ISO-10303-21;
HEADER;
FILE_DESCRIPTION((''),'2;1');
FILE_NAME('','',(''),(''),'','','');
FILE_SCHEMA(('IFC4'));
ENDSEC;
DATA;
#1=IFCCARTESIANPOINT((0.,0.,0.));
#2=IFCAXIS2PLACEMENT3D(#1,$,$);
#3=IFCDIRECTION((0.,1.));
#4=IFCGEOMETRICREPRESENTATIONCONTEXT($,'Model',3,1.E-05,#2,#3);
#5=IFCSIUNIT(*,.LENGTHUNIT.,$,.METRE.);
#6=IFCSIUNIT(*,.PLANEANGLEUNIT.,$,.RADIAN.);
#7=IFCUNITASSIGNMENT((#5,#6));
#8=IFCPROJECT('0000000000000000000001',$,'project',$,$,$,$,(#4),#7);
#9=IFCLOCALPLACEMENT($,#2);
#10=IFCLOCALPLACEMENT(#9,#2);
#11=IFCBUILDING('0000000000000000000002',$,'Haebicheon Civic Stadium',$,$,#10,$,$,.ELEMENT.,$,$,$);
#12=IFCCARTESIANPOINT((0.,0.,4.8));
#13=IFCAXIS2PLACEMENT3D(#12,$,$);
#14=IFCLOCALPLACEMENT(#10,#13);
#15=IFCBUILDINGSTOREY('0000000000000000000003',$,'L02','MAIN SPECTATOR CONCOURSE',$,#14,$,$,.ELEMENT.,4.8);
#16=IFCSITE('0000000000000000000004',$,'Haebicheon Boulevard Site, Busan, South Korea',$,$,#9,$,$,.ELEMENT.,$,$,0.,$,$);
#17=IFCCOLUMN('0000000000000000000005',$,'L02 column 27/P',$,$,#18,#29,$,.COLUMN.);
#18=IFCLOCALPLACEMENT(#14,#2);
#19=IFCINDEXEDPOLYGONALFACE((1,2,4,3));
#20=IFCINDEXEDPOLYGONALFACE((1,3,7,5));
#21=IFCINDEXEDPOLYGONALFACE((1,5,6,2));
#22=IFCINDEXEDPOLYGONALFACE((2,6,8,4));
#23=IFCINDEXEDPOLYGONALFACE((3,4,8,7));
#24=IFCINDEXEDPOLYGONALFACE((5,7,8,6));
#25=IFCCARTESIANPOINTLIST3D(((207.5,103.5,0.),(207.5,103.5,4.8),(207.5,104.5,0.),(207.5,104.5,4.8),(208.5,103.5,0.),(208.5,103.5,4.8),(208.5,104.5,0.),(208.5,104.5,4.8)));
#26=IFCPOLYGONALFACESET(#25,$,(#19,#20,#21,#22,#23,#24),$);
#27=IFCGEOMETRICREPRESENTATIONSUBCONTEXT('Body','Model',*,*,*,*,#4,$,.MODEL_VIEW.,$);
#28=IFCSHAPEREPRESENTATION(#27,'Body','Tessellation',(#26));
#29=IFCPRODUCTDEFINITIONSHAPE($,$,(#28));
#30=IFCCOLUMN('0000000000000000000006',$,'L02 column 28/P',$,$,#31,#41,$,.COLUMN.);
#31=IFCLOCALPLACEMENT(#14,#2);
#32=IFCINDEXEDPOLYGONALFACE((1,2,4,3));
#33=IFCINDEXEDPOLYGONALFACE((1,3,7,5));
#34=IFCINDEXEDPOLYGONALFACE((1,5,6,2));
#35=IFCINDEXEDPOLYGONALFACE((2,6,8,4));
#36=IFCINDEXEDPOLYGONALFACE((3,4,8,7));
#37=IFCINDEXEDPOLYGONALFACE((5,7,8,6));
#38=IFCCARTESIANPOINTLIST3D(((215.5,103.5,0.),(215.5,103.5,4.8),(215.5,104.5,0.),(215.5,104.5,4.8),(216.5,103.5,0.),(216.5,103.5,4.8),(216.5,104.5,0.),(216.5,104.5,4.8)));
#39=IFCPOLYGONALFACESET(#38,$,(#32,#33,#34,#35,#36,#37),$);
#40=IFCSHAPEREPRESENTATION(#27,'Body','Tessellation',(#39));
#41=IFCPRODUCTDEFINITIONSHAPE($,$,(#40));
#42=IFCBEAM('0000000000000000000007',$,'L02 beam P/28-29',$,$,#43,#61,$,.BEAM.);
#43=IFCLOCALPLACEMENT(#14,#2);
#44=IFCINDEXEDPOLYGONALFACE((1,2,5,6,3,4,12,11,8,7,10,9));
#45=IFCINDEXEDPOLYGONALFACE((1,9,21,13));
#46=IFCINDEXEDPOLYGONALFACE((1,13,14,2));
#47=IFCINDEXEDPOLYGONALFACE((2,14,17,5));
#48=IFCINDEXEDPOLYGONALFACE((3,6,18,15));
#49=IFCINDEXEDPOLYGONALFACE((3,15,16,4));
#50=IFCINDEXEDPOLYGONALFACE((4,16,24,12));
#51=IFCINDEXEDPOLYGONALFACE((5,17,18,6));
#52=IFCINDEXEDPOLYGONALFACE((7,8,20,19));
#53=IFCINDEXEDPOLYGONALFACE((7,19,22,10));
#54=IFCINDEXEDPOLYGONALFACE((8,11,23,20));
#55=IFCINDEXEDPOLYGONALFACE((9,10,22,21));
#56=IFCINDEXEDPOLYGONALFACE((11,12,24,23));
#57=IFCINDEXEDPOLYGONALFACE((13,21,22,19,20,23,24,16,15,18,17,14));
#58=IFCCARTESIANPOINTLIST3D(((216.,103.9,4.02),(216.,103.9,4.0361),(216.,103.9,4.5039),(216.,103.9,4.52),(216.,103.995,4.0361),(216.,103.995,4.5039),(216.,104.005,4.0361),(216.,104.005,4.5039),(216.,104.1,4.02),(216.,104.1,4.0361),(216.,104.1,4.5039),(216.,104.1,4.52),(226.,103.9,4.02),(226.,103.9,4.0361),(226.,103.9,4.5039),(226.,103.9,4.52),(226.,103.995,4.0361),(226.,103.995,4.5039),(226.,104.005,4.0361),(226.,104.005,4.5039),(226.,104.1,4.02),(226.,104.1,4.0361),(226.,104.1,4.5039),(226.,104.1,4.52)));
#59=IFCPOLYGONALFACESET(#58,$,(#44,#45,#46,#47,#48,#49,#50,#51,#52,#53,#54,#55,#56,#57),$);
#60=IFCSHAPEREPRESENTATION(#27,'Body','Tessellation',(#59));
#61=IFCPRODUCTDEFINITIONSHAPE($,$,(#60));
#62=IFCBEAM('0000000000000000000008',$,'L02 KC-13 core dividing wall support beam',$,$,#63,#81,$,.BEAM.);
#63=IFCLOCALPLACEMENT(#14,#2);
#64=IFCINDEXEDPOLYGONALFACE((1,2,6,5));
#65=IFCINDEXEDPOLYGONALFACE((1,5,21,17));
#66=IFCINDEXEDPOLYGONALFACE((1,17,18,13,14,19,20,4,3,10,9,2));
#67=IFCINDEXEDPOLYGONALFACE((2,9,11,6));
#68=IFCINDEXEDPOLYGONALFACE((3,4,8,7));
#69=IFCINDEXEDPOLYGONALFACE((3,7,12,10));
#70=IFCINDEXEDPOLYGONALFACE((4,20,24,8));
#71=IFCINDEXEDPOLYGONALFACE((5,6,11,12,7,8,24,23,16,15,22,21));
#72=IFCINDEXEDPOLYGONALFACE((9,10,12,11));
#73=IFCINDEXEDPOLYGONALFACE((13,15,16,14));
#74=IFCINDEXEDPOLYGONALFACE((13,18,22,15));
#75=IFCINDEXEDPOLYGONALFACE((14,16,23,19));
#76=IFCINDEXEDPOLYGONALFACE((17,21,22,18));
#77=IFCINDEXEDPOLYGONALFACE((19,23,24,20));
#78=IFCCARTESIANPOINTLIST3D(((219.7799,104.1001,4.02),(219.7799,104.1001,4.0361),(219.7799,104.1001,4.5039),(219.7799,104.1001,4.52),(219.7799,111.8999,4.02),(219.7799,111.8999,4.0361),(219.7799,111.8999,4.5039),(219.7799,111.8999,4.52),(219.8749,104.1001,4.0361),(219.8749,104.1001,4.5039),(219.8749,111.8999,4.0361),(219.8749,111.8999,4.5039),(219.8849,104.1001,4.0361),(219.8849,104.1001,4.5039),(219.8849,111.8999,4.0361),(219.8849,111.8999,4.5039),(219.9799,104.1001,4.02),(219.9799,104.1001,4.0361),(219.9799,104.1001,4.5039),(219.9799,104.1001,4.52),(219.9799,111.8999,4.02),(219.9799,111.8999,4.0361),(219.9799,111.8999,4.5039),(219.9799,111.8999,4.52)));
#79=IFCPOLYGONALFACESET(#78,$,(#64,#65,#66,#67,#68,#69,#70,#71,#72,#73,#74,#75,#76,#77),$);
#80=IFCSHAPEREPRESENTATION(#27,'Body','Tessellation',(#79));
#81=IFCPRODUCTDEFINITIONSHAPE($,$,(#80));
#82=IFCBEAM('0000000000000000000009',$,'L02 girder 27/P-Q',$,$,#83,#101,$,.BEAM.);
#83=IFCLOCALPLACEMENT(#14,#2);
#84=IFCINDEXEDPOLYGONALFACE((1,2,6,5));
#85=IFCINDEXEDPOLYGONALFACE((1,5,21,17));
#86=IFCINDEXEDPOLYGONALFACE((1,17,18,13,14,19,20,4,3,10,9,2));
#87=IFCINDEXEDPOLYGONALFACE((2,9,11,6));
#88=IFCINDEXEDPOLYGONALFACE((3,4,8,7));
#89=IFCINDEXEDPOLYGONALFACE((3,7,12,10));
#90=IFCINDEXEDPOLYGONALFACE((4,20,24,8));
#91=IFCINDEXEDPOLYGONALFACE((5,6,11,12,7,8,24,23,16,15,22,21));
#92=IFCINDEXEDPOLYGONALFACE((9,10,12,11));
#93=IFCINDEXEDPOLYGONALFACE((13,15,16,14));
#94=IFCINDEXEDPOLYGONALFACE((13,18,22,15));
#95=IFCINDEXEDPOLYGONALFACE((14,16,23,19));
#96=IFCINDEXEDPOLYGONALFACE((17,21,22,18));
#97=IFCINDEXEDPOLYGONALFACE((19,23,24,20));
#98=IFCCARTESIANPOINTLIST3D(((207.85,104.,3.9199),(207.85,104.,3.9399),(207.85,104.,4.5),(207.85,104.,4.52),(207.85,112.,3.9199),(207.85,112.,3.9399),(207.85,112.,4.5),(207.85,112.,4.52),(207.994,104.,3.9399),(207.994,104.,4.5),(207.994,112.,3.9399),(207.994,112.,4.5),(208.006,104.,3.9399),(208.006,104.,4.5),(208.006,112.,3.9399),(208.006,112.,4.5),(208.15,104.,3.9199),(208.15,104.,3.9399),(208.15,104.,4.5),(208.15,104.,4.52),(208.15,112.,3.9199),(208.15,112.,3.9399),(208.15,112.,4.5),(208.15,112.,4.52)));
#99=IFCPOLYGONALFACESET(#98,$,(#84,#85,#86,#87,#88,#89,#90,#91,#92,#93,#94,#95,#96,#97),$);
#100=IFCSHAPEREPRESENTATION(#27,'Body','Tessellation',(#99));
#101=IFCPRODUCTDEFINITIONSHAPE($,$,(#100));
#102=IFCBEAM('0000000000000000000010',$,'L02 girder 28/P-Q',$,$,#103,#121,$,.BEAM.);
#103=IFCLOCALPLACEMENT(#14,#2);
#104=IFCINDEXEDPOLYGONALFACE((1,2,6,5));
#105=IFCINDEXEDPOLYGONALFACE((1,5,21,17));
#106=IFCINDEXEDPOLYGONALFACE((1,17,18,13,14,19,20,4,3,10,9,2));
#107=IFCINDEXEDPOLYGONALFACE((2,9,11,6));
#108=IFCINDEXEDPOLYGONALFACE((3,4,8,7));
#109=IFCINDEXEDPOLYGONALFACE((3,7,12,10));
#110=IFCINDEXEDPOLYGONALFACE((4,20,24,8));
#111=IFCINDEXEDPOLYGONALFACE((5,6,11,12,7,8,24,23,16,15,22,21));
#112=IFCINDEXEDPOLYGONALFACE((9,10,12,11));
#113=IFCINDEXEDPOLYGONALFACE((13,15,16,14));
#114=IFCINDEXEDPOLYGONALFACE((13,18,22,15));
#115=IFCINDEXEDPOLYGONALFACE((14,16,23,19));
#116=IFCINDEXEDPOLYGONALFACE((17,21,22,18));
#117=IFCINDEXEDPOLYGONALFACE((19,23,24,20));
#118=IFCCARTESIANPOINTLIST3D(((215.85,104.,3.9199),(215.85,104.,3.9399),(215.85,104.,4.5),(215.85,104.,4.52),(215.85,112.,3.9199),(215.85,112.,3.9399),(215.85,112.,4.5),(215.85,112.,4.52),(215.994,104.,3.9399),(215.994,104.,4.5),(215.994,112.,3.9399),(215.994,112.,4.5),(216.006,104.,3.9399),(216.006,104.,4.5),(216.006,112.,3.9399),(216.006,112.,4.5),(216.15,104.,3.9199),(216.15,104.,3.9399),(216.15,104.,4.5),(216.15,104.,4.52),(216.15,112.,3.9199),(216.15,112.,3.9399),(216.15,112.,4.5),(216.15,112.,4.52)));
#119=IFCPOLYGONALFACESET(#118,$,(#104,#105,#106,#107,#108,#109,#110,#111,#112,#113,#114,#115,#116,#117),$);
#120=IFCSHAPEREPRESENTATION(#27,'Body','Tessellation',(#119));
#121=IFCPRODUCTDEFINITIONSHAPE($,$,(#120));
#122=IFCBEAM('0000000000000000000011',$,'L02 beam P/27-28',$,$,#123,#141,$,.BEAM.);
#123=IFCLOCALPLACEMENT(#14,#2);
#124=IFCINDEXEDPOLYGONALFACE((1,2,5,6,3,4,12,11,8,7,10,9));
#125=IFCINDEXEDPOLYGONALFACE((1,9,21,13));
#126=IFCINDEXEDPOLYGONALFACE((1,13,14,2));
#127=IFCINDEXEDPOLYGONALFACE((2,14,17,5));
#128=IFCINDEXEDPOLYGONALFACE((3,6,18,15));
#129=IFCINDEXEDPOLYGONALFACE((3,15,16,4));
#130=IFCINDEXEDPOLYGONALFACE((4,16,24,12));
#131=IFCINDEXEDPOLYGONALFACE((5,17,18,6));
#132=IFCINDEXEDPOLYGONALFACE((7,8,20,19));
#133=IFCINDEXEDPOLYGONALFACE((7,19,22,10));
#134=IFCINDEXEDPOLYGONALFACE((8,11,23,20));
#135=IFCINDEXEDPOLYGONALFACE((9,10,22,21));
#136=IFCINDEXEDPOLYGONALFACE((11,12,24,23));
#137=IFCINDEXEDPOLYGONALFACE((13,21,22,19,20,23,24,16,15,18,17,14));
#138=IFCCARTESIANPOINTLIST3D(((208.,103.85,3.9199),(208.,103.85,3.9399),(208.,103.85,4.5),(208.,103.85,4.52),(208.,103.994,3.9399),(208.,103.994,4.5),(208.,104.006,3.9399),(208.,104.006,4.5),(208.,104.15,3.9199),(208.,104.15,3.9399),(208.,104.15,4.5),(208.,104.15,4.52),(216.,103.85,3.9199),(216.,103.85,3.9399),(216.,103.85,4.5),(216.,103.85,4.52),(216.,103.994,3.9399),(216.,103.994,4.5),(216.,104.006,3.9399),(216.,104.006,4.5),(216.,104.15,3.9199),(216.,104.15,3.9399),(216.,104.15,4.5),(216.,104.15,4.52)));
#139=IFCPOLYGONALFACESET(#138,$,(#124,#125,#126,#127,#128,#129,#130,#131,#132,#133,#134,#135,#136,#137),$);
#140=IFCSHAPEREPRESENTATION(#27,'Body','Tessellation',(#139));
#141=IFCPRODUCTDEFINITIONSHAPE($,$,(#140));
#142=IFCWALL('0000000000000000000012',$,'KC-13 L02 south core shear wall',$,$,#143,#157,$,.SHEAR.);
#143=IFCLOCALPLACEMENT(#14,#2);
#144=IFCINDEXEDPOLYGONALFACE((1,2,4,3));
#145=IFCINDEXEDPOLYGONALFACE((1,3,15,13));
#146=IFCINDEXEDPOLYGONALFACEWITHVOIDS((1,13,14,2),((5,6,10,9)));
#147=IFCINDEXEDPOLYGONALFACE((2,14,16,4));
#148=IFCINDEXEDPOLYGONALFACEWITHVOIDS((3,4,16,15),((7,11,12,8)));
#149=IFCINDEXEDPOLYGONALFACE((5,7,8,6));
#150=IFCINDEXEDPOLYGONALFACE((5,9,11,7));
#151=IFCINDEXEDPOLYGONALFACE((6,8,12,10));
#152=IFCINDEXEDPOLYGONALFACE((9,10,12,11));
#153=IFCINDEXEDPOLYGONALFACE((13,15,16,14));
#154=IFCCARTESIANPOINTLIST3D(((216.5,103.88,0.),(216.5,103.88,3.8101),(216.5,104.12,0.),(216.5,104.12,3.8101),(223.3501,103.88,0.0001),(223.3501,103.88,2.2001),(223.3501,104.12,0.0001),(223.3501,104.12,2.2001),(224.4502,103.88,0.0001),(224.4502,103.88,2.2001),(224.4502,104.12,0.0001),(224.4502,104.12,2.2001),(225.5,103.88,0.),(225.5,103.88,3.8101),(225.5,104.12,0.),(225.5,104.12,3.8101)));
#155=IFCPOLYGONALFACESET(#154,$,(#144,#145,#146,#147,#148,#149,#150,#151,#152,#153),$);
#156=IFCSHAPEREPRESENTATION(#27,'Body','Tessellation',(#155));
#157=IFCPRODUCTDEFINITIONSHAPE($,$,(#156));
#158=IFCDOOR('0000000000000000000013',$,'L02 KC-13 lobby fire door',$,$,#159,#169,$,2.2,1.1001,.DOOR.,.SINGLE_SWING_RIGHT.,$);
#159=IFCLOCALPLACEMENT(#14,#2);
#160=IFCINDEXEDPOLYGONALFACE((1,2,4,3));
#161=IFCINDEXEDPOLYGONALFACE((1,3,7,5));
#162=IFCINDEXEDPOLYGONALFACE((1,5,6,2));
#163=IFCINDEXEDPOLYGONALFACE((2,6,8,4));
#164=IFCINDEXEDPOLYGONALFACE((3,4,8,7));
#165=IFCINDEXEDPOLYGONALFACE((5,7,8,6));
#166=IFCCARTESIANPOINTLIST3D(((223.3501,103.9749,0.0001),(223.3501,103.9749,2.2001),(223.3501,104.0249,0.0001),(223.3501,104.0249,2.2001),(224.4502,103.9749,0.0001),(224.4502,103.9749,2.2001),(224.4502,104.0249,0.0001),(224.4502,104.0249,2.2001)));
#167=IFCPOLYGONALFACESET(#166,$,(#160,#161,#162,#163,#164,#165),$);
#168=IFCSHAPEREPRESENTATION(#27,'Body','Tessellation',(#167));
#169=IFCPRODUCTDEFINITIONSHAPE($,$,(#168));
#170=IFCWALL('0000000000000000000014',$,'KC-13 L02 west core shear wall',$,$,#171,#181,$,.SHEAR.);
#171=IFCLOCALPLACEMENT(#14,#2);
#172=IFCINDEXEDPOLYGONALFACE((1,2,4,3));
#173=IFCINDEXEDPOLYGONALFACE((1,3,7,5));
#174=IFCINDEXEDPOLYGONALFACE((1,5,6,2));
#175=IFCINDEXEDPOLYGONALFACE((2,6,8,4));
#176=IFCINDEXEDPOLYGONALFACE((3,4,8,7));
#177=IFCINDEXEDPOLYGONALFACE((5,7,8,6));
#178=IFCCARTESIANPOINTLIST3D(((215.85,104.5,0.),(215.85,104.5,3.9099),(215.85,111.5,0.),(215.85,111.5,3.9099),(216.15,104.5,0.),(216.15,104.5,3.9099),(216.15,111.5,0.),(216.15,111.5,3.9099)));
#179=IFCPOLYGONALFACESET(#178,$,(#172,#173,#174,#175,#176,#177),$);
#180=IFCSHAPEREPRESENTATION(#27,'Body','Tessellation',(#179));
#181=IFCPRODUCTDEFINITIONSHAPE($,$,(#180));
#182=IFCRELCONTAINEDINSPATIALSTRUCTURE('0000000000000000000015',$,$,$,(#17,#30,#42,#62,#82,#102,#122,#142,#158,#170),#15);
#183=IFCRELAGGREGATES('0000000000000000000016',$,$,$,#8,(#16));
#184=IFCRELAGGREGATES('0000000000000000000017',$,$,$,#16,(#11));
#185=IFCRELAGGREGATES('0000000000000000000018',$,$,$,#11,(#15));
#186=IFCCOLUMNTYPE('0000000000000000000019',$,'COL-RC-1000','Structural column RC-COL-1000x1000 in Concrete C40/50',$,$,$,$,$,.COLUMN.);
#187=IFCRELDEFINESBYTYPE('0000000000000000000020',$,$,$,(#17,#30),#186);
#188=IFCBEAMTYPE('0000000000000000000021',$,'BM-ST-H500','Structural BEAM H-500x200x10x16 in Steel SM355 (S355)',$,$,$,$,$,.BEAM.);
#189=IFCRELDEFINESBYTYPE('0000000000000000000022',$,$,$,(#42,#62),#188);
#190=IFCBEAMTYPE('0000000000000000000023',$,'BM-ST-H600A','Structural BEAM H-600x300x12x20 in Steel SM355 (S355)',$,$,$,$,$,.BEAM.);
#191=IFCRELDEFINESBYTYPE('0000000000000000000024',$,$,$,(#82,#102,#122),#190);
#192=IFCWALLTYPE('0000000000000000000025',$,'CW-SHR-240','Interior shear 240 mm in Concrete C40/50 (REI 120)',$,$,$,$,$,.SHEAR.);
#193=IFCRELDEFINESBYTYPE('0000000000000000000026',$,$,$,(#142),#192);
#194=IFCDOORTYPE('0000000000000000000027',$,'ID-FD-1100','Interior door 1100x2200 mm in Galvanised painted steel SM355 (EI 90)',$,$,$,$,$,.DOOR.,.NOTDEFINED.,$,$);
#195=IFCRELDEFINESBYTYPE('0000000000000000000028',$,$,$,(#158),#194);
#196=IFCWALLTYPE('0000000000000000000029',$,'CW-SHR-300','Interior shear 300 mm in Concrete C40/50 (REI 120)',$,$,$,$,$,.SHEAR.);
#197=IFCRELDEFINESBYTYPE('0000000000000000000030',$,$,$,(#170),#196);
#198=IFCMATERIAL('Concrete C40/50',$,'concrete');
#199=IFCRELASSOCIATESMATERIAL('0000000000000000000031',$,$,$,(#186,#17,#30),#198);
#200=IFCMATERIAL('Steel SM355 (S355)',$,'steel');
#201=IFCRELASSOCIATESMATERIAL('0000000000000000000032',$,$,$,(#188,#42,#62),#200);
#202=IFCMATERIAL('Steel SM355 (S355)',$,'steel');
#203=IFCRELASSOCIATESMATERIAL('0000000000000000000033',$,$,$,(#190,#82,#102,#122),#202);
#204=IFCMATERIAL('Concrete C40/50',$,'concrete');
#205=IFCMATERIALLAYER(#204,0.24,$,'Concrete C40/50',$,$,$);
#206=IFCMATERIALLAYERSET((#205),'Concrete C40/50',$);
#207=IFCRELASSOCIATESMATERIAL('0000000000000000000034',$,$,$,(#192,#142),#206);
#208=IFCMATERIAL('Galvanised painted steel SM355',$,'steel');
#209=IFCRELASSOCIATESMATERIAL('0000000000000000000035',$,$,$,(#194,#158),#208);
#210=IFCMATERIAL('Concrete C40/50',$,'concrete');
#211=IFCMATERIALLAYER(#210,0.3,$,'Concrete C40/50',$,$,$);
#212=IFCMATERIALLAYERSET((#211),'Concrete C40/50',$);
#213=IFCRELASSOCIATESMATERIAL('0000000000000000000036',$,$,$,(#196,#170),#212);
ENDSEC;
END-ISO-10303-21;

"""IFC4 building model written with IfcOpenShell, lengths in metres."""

from ifc_helpers import new_model, si_unit, direction, frame, frame_2d, origin, origin_2d, place, context, subcontext, project, spatial, rectangle, i_section, extrude, material, layer, layer_set, material_profile, profile_set, type_object, element, fill, save


model = new_model("IFC4")

# Units and contexts
model_context = context("Model", 3, precision=1e-05, world=origin(), true_north=direction((0.0, 1.0)))
body_context = subcontext(model_context, "Body", "Model", "MODEL_VIEW")
ifc_project = project(units=[si_unit("LENGTHUNIT", "METRE"), si_unit("PLANEANGLEUNIT", "RADIAN")], contexts=[model_context])

# Site, building, storey
site_placement = place(None, origin())
site = spatial("IfcSite", under=ifc_project, at=site_placement, Name="Haebicheon Boulevard Site, Busan, South Korea", CompositionType="ELEMENT", RefElevation=0.0)
building_placement = place(site_placement, origin())
building = spatial("IfcBuilding", under=site, at=building_placement, Name="Haebicheon Civic Stadium", CompositionType="ELEMENT")
storey_placement = place(building_placement, frame((0.0, 0.0, 4.8)))
storey = spatial("IfcBuildingStorey", under=building, at=storey_placement, Name="L02", Description="MAIN SPECTATOR CONCOURSE", CompositionType="ELEMENT", Elevation=4.8)

# Columns
ifc_material_1 = material(Name="Concrete C40/50", Category="concrete")
ifc_material_profile_1 = material_profile(ifc_material_1, rectangle(XDim=1.0, YDim=1.0, at=origin_2d()), Name="RC-COL-1000x1000")
ifc_profile_set_1 = profile_set([ifc_material_profile_1], Name="Concrete C40/50")
column_type = type_object("IfcColumnType", Name="COL-RC-1000", Description="Structural column RC-COL-1000x1000 in Concrete C40/50", PredefinedType="COLUMN", material=ifc_profile_set_1)
for number, where, z_axis, x_axis, name in (
    (1, (208.0, 104.0, 0.0), (0.0, 0.0, 1.0), (1.0, 0.0, 0.0), "L02 column 27/P"),
    (2, (216.0, 104.0, 0.0), (0.0, 0.0, 1.0), (1.0, 0.0, 0.0), "L02 column 28/P"),
):
    element("IfcColumn", number, at=place(storey_placement, frame(where, z_axis=z_axis, x_axis=x_axis)), inside=storey, type_object=column_type, material=ifc_profile_set_1, Name=name, PredefinedType="COLUMN", context=body_context, shape_type="SweptSolid", body=[
        extrude(rectangle(XDim=1.0, YDim=1.0, at=origin_2d()), origin(), (0.0, 0.0, 1.0), 4.8),
    ])

# Beams
ifc_material_2 = material(Name="Steel SM355 (S355)", Category="steel")
ifc_material_profile_2 = material_profile(ifc_material_2, i_section(OverallWidth=0.2, OverallDepth=0.5, WebThickness=0.01, FlangeThickness=0.0161, at=origin_2d()), Name="H-500x200x10x16")
ifc_profile_set_2 = profile_set([ifc_material_profile_2], Name="Steel SM355 (S355)")
beam_type_1 = type_object("IfcBeamType", Name="BM-ST-H500", Description="Structural BEAM H-500x200x10x16 in Steel SM355 (S355)", PredefinedType="BEAM", material=ifc_profile_set_2)
beam_1_placement = place(storey_placement, frame((216.0, 104.0, 4.27), z_axis=(1.0, 0.0, 0.0), x_axis=(0.0, 1.0, 0.0)))
element("IfcBeam", 3, at=beam_1_placement, inside=storey, type_object=beam_type_1, material=ifc_profile_set_2, Name="L02 beam P/28-29", PredefinedType="BEAM", context=body_context, shape_type="SweptSolid", body=[
    extrude(i_section(OverallWidth=0.2, OverallDepth=0.5, WebThickness=0.01, FlangeThickness=0.0161, at=origin_2d()), origin(), (0.0, 0.0, 1.0), 10.0),
])
beam_2_placement = place(storey_placement, frame((219.8799, 104.1001, 4.27), z_axis=(0.0, 1.0, 0.0), x_axis=(-1.0, 0.0, 0.0)))
element("IfcBeam", 4, at=beam_2_placement, inside=storey, type_object=beam_type_1, material=ifc_profile_set_2, Name="L02 KC-13 core dividing wall support beam", PredefinedType="BEAM", context=body_context, shape_type="SweptSolid", body=[
    extrude(i_section(OverallWidth=0.2, OverallDepth=0.5, WebThickness=0.01, FlangeThickness=0.0161, at=origin_2d()), origin(), (0.0, 0.0, 1.0), 7.7998),
])
ifc_material_3 = material(Name="Steel SM355 (S355)", Category="steel")
ifc_material_profile_3 = material_profile(ifc_material_3, i_section(OverallWidth=0.3, OverallDepth=0.6001, WebThickness=0.012, FlangeThickness=0.02, at=origin_2d()), Name="H-600x300x12x20")
ifc_profile_set_3 = profile_set([ifc_material_profile_3], Name="Steel SM355 (S355)")
beam_type_2 = type_object("IfcBeamType", Name="BM-ST-H600A", Description="Structural BEAM H-600x300x12x20 in Steel SM355 (S355)", PredefinedType="BEAM", material=ifc_profile_set_3)
for number, where, z_axis, x_axis, name in (
    (5, (208.0, 104.0, 4.22), (0.0, 1.0, 0.0), (-1.0, 0.0, 0.0), "L02 girder 27/P-Q"),
    (6, (216.0, 104.0, 4.22), (0.0, 1.0, 0.0), (-1.0, 0.0, 0.0), "L02 girder 28/P-Q"),
    (7, (208.0, 104.0, 4.22), (1.0, 0.0, 0.0), (0.0, 1.0, 0.0), "L02 beam P/27-28"),
):
    element("IfcBeam", number, at=place(storey_placement, frame(where, z_axis=z_axis, x_axis=x_axis)), inside=storey, type_object=beam_type_2, material=ifc_profile_set_3, Name=name, PredefinedType="BEAM", context=body_context, shape_type="SweptSolid", body=[
        extrude(i_section(OverallWidth=0.3, OverallDepth=0.6001, WebThickness=0.012, FlangeThickness=0.02, at=origin_2d()), origin(), (0.0, 0.0, 1.0), 8.0),
    ])

# Wall, opening, door
ifc_material_4 = material(Name="Concrete C40/50", Category="concrete")
ifc_layer_1 = layer(ifc_material_4, 0.24, Name="Concrete C40/50")
ifc_layer_set_1 = layer_set([ifc_layer_1], Name="Concrete C40/50")
wall_type_1 = type_object("IfcWallType", Name="CW-SHR-240", Description="Interior shear 240 mm in Concrete C40/50 (REI 120)", PredefinedType="SHEAR", material=ifc_layer_set_1)
wall_1_placement = place(storey_placement, frame((216.5, 104.0, 0.0), z_axis=(0.0, 0.0, 1.0), x_axis=(1.0, 0.0, 0.0)))
wall_1 = element("IfcWall", 8, at=wall_1_placement, inside=storey, type_object=wall_type_1, material=ifc_layer_set_1, Name="KC-13 L02 south core shear wall", PredefinedType="SHEAR", context=body_context, shape_type="SweptSolid", body=[
    extrude(rectangle(XDim=9.0, YDim=0.24, at=frame_2d((4.5, 0.0))), origin(), (0.0, 0.0, 1.0), 3.8101),
])
opening_1_placement = place(wall_1_placement, frame((6.8501, 0.0, 0.0)))
opening_1 = element("IfcOpeningElement", 9, at=opening_1_placement, cuts=wall_1, PredefinedType="OPENING", context=body_context, shape_type="SweptSolid", body=[
    extrude(rectangle(XDim=1.1001, YDim=2.2, at=frame_2d((0.55, 1.1001))), frame((0.0, 0.1299, 0.0), z_axis=(0.0, -1.0, 0.0), x_axis=(1.0, 0.0, 0.0)), (0.0, 0.0, 1.0), 0.26),
])
ifc_material_5 = material(Name="Galvanised painted steel SM355", Category="steel")
door_type_1 = type_object("IfcDoorType", Name="ID-FD-1100", Description="Interior door 1100x2200 mm in Galvanised painted steel SM355 (EI 90)", OperationType="NOTDEFINED", PredefinedType="DOOR", material=ifc_material_5)
door_1_placement = place(opening_1_placement, origin())
door_1 = element("IfcDoor", 10, at=door_1_placement, inside=storey, type_object=door_type_1, material=ifc_material_5, Name="L02 KC-13 lobby fire door", OperationType="SINGLE_SWING_RIGHT", OverallHeight=2.2, OverallWidth=1.1001, PredefinedType="DOOR", context=body_context, shape_type="SweptSolid", body=[
    extrude(rectangle(XDim=1.1001, YDim=2.2, at=frame_2d((0.55, 1.1001))), frame((0.0, 0.0249, 0.0), z_axis=(0.0, -1.0, 0.0), x_axis=(1.0, 0.0, 0.0)), (0.0, 0.0, 1.0), 0.05),
])
fill(opening_1, door_1)

# Wall
ifc_material_6 = material(Name="Concrete C40/50", Category="concrete")
ifc_layer_2 = layer(ifc_material_6, 0.3, Name="Concrete C40/50")
ifc_layer_set_2 = layer_set([ifc_layer_2], Name="Concrete C40/50")
wall_type_2 = type_object("IfcWallType", Name="CW-SHR-300", Description="Interior shear 300 mm in Concrete C40/50 (REI 120)", PredefinedType="SHEAR", material=ifc_layer_set_2)
wall_2_placement = place(storey_placement, frame((216.0, 104.5, 0.0), z_axis=(0.0, 0.0, 1.0), x_axis=(0.0, 1.0, 0.0)))
element("IfcWall", 11, at=wall_2_placement, inside=storey, type_object=wall_type_2, material=ifc_layer_set_2, Name="KC-13 L02 west core shear wall", PredefinedType="SHEAR", context=body_context, shape_type="SweptSolid", body=[
    extrude(rectangle(XDim=7.0, YDim=0.3, at=frame_2d((3.5, 0.0))), origin(), (0.0, 0.0, 1.0), 3.9099),
])

save(model, "model.ifc")
